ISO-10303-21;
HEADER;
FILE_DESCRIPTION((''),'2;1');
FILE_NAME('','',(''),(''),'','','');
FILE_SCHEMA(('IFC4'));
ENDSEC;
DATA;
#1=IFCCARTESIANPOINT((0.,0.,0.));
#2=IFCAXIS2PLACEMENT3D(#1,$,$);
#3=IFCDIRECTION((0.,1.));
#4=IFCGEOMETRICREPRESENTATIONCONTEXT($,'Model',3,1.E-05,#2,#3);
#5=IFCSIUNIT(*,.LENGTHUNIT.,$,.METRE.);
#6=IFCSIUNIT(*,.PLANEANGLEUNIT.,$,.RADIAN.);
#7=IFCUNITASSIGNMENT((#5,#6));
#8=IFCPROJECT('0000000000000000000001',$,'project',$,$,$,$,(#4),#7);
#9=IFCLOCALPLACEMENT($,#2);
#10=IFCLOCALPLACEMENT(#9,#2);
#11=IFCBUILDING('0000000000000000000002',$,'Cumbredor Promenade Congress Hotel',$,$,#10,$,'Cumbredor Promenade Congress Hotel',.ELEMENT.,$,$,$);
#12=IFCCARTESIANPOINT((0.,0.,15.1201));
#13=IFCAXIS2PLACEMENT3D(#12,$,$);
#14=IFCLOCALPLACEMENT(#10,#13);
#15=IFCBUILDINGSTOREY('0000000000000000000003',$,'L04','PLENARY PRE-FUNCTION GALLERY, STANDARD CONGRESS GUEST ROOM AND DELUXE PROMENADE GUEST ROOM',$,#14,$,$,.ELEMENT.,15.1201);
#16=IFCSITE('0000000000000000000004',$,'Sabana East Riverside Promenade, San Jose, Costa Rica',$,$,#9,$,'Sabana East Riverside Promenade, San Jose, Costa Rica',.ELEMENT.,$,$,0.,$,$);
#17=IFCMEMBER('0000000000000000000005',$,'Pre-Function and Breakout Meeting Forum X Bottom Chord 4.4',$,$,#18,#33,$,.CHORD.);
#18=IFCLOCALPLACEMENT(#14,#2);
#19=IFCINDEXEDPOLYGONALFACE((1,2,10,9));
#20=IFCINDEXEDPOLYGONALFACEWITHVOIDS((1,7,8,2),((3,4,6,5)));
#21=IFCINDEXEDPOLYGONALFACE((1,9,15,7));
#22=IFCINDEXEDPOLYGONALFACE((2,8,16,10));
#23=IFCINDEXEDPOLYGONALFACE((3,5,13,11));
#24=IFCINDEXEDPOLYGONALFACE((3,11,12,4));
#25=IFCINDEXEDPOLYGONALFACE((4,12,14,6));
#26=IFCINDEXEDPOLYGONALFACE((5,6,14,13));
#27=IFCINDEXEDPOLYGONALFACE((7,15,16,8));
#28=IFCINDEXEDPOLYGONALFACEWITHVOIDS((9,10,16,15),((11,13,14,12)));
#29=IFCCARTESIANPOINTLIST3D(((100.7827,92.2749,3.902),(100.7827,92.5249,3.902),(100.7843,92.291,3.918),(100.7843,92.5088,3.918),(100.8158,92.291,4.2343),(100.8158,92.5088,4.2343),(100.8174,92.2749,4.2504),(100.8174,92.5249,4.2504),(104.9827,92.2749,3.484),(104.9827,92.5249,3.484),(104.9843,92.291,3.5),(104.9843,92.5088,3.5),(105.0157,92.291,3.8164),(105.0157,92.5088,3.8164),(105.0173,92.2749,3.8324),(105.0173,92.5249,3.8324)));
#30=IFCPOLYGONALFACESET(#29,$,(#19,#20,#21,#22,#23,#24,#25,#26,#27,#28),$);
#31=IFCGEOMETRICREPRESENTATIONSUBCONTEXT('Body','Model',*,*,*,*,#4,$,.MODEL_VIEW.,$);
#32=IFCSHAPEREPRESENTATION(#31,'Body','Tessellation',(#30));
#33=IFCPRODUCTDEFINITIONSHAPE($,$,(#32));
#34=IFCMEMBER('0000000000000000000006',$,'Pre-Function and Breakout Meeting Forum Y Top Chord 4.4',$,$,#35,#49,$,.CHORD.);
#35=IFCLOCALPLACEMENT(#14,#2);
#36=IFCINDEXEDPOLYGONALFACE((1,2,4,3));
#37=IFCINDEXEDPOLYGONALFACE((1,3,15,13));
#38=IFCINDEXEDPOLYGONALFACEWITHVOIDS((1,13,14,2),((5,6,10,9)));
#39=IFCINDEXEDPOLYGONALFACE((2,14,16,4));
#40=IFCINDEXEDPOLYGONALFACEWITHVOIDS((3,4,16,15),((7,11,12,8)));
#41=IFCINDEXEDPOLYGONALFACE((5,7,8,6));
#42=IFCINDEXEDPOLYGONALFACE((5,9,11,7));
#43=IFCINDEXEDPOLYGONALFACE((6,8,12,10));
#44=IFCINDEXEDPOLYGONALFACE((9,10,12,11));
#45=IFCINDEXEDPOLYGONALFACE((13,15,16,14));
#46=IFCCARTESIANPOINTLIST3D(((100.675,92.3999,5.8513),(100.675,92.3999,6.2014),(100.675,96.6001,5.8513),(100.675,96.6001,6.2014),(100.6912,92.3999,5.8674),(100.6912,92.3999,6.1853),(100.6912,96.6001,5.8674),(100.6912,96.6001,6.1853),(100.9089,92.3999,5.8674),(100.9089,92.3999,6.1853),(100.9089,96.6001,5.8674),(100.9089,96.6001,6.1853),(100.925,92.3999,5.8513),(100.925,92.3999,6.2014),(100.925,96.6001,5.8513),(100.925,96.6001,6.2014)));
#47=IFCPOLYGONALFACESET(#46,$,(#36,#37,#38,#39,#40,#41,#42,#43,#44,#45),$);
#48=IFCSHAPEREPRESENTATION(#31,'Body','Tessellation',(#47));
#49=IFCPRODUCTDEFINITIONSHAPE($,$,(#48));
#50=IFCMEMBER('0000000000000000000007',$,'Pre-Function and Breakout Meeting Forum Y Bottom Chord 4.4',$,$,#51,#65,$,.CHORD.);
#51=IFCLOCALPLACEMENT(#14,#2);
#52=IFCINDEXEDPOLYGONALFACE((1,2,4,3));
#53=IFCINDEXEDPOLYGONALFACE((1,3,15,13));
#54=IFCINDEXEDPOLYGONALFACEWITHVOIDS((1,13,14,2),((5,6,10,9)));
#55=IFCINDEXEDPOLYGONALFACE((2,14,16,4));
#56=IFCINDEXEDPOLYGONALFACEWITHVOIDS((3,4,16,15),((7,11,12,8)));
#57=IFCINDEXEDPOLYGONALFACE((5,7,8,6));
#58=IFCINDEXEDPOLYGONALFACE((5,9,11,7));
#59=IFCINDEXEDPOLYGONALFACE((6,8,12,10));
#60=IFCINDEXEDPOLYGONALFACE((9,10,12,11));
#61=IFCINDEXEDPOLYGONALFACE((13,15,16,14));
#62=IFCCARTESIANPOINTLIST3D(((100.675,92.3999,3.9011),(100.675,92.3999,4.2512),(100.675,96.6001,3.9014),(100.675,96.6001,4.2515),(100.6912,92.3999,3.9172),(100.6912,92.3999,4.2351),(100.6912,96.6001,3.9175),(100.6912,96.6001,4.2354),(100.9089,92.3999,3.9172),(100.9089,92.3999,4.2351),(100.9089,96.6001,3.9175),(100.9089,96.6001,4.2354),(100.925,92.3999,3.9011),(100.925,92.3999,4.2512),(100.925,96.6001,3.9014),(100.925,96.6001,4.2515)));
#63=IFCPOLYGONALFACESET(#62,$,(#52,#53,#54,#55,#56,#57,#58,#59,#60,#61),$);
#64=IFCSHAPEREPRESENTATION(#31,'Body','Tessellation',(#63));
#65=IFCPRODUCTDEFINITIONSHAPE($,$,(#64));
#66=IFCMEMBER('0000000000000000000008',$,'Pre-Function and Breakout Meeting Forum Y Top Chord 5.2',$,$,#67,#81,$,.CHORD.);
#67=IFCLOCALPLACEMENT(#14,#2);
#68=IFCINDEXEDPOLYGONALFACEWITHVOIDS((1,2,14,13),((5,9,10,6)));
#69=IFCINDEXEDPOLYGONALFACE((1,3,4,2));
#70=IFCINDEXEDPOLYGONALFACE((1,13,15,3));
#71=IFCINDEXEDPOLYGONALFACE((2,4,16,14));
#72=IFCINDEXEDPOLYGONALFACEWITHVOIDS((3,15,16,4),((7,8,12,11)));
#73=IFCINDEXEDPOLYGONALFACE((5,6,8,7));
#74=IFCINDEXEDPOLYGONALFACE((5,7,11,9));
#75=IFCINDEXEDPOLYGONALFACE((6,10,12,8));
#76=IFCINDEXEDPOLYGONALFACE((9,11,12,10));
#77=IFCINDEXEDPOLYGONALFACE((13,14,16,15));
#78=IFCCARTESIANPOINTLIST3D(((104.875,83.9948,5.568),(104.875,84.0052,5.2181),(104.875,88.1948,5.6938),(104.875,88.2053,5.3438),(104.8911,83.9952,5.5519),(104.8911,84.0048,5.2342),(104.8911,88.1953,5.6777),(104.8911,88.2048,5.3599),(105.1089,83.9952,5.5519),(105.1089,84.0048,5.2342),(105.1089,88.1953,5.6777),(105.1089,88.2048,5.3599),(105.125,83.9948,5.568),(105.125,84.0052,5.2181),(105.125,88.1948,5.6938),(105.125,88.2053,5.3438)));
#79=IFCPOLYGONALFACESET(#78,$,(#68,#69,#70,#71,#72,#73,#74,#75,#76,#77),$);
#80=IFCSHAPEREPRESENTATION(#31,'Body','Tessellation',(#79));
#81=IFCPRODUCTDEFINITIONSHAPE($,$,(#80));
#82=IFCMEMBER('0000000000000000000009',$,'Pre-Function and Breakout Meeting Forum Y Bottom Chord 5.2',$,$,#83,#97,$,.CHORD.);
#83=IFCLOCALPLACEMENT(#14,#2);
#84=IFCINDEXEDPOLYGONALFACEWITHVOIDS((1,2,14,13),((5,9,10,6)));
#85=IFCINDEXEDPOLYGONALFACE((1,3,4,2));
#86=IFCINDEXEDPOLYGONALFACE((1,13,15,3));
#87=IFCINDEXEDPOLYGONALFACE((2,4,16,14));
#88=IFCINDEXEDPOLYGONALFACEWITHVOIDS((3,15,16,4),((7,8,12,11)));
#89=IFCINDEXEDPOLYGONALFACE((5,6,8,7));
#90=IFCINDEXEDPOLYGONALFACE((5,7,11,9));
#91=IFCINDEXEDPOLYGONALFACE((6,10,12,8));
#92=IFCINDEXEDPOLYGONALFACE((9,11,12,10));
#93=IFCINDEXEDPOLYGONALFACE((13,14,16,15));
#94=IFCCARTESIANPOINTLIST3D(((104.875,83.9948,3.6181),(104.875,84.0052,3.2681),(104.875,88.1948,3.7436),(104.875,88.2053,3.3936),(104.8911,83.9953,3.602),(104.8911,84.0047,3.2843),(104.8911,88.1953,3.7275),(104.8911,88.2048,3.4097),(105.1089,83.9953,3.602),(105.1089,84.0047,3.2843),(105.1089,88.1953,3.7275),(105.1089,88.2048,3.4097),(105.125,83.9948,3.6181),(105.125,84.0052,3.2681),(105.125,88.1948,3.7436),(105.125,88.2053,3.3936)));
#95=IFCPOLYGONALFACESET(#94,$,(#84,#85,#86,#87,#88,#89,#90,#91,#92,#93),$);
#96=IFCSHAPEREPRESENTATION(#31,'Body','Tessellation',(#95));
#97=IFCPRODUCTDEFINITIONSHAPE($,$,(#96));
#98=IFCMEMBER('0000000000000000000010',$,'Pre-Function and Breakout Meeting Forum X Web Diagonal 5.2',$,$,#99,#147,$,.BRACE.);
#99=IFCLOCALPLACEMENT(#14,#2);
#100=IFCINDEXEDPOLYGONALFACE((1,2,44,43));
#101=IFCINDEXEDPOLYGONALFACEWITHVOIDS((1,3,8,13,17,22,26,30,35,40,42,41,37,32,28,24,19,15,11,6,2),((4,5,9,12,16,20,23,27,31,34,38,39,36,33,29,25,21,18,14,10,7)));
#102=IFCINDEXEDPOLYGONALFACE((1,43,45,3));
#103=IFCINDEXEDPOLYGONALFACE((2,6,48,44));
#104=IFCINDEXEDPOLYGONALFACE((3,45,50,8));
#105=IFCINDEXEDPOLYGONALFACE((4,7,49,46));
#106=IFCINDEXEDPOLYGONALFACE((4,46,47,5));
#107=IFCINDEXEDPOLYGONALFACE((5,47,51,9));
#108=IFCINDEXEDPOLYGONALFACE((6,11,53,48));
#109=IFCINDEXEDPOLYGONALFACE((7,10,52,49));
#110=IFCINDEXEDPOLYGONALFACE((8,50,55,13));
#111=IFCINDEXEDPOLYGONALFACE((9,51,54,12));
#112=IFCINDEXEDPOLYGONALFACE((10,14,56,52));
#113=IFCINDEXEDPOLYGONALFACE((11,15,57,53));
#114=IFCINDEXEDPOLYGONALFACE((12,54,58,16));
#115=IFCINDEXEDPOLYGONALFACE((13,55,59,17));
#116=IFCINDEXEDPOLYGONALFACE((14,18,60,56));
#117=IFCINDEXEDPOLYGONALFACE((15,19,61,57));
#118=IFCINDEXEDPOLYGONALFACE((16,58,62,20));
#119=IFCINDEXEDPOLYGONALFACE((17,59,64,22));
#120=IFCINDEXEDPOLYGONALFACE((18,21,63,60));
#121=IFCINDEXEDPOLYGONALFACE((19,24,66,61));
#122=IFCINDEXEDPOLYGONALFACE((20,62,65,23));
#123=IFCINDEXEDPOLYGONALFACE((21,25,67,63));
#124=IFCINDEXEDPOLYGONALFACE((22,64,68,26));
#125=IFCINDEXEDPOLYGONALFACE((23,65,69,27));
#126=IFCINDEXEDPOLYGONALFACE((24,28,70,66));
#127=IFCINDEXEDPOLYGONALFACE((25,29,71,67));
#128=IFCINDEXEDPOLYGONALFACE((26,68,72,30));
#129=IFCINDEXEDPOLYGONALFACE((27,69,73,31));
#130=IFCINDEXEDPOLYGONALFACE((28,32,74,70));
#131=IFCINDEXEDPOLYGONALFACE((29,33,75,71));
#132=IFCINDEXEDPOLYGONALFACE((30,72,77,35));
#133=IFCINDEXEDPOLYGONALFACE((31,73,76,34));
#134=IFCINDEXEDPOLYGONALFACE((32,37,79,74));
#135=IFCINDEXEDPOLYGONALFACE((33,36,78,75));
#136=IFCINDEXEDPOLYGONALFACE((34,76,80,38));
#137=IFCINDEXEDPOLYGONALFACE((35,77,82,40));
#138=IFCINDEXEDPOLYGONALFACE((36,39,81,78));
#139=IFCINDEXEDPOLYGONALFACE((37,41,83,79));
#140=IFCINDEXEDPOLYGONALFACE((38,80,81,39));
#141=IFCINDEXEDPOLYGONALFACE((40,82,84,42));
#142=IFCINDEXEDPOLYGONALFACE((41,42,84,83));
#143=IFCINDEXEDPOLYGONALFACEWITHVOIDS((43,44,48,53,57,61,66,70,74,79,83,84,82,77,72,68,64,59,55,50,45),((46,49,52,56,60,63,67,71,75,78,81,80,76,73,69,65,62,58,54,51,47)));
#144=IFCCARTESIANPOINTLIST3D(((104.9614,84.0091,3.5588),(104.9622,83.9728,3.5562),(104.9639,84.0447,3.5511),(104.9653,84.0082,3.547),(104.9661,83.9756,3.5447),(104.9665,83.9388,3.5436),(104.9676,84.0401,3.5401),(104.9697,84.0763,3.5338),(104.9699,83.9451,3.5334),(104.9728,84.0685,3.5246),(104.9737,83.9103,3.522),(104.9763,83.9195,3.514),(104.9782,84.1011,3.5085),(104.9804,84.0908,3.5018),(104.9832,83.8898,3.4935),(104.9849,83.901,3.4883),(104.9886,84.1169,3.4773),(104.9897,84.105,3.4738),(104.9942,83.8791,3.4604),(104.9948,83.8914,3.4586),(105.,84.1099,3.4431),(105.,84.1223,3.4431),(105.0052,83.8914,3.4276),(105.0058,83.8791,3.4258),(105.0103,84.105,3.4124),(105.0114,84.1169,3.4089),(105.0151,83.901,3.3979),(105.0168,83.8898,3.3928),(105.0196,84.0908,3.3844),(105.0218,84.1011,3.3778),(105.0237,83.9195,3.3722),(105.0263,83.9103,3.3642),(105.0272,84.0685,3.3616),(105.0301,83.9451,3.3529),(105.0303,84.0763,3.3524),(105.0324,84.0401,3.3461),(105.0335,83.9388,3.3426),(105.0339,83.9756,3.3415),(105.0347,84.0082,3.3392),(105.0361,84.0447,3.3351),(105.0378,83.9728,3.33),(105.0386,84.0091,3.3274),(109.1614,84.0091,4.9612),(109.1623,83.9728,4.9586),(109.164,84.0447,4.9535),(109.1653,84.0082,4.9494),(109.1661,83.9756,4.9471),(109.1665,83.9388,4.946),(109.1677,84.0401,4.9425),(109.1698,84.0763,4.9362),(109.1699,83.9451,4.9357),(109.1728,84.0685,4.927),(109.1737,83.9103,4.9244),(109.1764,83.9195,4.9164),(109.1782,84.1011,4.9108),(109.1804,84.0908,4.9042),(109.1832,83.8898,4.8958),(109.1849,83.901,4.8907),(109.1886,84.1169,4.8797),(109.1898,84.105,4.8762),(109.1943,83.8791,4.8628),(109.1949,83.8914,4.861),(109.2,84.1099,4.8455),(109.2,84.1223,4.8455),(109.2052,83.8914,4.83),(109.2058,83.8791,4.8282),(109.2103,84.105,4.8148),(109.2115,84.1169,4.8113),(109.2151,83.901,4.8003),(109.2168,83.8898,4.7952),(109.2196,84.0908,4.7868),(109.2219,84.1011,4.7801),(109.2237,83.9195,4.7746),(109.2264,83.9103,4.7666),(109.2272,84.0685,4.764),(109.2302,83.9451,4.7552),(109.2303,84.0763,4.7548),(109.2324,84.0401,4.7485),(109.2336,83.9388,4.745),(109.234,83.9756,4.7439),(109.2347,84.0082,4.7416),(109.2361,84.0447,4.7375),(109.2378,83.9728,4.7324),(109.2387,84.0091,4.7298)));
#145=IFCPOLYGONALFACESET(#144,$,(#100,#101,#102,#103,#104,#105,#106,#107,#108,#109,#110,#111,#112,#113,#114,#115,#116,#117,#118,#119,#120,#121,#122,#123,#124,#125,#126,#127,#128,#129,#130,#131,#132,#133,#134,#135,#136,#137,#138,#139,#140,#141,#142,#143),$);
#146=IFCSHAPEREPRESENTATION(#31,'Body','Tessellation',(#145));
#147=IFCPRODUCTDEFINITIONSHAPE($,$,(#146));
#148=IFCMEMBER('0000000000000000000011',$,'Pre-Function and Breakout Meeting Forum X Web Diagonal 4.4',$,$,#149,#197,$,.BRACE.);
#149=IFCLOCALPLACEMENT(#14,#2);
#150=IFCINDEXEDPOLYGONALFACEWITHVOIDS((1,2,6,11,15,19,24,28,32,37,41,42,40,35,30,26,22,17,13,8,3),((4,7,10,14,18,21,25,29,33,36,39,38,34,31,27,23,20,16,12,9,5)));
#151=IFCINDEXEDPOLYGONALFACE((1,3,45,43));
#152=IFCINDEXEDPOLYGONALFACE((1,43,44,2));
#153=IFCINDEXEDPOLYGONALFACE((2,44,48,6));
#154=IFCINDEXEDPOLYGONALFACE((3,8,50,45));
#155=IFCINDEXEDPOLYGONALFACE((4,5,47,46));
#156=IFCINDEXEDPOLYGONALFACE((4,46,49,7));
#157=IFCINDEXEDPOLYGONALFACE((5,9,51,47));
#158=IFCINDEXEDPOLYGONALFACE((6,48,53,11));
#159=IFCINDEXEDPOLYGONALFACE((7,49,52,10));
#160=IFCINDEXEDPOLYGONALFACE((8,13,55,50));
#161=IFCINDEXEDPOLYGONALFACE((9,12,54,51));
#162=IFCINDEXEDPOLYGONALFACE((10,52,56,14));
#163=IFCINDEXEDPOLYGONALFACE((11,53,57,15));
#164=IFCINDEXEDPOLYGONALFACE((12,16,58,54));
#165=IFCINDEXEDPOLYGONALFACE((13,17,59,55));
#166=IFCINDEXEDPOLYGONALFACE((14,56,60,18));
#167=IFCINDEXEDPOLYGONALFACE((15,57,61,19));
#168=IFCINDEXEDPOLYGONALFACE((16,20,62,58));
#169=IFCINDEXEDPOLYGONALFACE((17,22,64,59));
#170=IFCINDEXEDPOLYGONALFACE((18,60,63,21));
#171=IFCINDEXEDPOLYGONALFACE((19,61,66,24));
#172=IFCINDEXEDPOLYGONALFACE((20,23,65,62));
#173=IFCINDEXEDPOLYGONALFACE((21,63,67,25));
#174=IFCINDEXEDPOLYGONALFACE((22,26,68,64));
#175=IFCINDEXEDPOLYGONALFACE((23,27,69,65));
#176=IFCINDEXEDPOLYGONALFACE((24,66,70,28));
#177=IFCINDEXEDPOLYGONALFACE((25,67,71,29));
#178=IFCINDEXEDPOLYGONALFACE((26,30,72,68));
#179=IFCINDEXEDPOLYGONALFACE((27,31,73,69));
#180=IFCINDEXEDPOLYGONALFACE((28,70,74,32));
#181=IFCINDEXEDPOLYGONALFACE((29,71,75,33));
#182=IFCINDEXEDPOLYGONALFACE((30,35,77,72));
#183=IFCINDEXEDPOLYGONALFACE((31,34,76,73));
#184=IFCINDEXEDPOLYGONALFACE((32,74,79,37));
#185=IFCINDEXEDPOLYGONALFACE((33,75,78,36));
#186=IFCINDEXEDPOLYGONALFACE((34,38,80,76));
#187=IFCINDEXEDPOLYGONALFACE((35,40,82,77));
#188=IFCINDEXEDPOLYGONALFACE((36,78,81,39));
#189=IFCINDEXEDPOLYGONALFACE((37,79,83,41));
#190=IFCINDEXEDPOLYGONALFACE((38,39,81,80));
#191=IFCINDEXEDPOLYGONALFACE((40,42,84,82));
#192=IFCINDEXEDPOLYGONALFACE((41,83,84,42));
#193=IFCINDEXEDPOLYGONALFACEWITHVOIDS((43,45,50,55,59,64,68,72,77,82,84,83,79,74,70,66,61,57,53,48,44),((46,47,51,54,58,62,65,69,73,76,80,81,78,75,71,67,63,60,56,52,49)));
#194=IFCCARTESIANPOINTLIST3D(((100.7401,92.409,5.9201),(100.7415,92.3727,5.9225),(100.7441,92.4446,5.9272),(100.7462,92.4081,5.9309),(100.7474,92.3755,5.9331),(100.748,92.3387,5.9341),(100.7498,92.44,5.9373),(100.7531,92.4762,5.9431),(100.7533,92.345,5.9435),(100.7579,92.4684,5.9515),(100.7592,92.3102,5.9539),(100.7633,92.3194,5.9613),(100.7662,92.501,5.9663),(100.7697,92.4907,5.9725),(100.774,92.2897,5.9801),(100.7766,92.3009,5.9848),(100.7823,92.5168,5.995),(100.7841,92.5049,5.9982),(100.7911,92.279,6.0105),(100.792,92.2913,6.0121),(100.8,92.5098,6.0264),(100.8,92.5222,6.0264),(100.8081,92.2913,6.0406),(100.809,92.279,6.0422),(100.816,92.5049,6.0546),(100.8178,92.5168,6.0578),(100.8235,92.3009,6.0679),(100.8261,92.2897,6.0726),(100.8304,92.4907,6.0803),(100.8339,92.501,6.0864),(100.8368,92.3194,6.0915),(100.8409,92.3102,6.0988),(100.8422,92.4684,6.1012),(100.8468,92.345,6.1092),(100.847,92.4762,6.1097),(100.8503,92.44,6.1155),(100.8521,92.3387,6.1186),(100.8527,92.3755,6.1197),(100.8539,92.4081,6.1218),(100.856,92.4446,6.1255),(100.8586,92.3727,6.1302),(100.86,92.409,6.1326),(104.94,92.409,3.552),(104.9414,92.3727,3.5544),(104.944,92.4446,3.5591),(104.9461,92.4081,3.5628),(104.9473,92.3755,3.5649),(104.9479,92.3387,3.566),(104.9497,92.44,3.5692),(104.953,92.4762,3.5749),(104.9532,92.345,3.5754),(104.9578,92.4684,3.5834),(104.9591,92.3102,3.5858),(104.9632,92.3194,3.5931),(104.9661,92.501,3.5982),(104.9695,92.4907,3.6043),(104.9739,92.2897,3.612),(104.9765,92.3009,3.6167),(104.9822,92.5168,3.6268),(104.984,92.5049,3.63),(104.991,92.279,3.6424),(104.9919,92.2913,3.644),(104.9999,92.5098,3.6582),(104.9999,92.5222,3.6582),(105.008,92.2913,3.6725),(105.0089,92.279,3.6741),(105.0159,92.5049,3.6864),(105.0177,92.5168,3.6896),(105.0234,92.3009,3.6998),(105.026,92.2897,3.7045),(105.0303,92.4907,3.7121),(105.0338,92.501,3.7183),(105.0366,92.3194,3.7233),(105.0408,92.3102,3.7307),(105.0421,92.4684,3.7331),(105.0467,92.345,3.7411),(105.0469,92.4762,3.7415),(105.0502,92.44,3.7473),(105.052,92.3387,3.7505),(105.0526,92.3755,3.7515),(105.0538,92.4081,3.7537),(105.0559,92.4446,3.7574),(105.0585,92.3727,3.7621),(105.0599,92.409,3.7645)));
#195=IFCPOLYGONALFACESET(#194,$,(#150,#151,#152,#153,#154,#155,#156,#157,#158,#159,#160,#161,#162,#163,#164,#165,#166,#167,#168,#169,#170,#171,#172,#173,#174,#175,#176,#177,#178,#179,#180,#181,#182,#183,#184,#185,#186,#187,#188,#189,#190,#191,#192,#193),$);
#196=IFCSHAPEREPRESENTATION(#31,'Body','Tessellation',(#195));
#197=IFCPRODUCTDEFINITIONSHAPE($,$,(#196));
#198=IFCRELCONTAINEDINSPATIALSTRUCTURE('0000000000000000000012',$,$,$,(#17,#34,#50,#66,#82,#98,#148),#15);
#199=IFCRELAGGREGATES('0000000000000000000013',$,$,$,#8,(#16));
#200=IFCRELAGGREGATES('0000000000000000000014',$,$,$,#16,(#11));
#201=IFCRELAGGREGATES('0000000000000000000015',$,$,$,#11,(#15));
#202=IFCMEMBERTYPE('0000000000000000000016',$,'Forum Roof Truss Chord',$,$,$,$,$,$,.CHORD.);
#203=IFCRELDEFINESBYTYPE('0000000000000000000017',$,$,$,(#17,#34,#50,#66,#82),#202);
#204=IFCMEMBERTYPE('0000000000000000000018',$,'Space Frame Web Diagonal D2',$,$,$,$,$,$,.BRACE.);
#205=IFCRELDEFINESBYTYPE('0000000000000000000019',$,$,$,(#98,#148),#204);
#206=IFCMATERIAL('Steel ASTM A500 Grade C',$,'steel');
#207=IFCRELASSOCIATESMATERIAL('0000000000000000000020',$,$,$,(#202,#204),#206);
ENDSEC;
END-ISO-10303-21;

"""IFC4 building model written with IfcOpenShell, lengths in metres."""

from ifc_helpers import new_model, si_unit, direction, frame, origin, origin_2d, place, context, subcontext, project, spatial, hollow_rectangle, hollow_circle, extrude, material, material_profile, profile_set, type_object, element, save


model = new_model("IFC4")

# Units and contexts
model_context = context("Model", 3, precision=1e-05, world=origin(), true_north=direction((0.0, 1.0)))
body_context = subcontext(model_context, "Body", "Model", "MODEL_VIEW")
ifc_project = project(units=[si_unit("LENGTHUNIT", "METRE"), si_unit("PLANEANGLEUNIT", "RADIAN")], contexts=[model_context])

# Site, building, storey
site_placement = place(None, origin())
site = spatial("IfcSite", under=ifc_project, at=site_placement, Name="Sabana East Riverside Promenade, San Jose, Costa Rica", LongName="Sabana East Riverside Promenade, San Jose, Costa Rica", CompositionType="ELEMENT", RefElevation=0.0)
building_placement = place(site_placement, origin())
building = spatial("IfcBuilding", under=site, at=building_placement, Name="Cumbredor Promenade Congress Hotel", LongName="Cumbredor Promenade Congress Hotel", CompositionType="ELEMENT")
storey_placement = place(building_placement, frame((0.0, 0.0, 15.1201)))
storey = spatial("IfcBuildingStorey", under=building, at=storey_placement, Name="L04", Description="PLENARY PRE-FUNCTION GALLERY, STANDARD CONGRESS GUEST ROOM AND DELUXE PROMENADE GUEST ROOM", CompositionType="ELEMENT", Elevation=15.1201)

# Members
ifc_material_1 = material(Name="Steel ASTM A500 Grade C", Category="steel")
ifc_material_profile_1 = material_profile(ifc_material_1, hollow_rectangle(XDim=0.25, YDim=0.3501, WallThickness=0.0161, at=origin_2d()), Name="HSS 350x250x16")
ifc_profile_set_1 = profile_set([ifc_material_profile_1], Name="Steel ASTM A500 Grade C")
member_type_1 = type_object("IfcMemberType", Name="Forum Roof Truss Chord", PredefinedType="CHORD", material=ifc_profile_set_1)
for number, where, z_axis, x_axis, name in (
    (1, (100.8, 92.3999, 4.0762), (0.995085, 0.0, -0.099028), (0.0, 1.0, 0.0), "Pre-Function and Breakout Meeting Forum X Bottom Chord 4.4"),
):
    element("IfcMember", number, at=place(storey_placement, frame(where, z_axis=z_axis, x_axis=x_axis)), inside=storey, type_object=member_type_1, Name=name, PredefinedType="CHORD", context=body_context, shape_type="SweptSolid", body=[
        extrude(hollow_rectangle(XDim=0.25, YDim=0.3501, WallThickness=0.0161, at=origin_2d()), origin(), (0.0, 0.0, 1.0), 4.2207),
    ])
for number, where, z_axis, x_axis, name in (
    (2, (100.8, 92.3999, 6.0264), (0.0, 1.0, 0.0), (-1.0, 0.0, 0.0), "Pre-Function and Breakout Meeting Forum Y Top Chord 4.4"),
    (3, (100.8, 92.3999, 4.0762), (0.0, 1.0, 0.000058), (-1.0, 0.0, 0.0), "Pre-Function and Breakout Meeting Forum Y Bottom Chord 4.4"),
):
    element("IfcMember", number, at=place(storey_placement, frame(where, z_axis=z_axis, x_axis=x_axis)), inside=storey, type_object=member_type_1, Name=name, PredefinedType="CHORD", context=body_context, shape_type="SweptSolid", body=[
        extrude(hollow_rectangle(XDim=0.25, YDim=0.3501, WallThickness=0.0161, at=origin_2d()), origin(), (0.0, 0.0, 1.0), 4.2002),
    ])
for number, where, z_axis, x_axis, name in (
    (4, (105.0, 84.0, 5.3931), (0.0, 0.999552, 0.029923), (-1.0, 0.0, 0.0), "Pre-Function and Breakout Meeting Forum Y Top Chord 5.2"),
    (5, (105.0, 84.0, 3.4431), (0.0, 0.999554, 0.029865), (-1.0, 0.0, 0.0), "Pre-Function and Breakout Meeting Forum Y Bottom Chord 5.2"),
):
    element("IfcMember", number, at=place(storey_placement, frame(where, z_axis=z_axis, x_axis=x_axis)), inside=storey, type_object=member_type_1, Name=name, PredefinedType="CHORD", context=body_context, shape_type="SweptSolid", body=[
        extrude(hollow_rectangle(XDim=0.25, YDim=0.3501, WallThickness=0.0161, at=origin_2d()), origin(), (0.0, 0.0, 1.0), 4.2019),
    ])
ifc_material_profile_2 = material_profile(ifc_material_1, hollow_circle(Radius=0.1223, WallThickness=0.0125, at=origin_2d()), Name="CHS 244.5x12.5")
ifc_profile_set_2 = profile_set([ifc_material_profile_2], Name="Steel ASTM A500 Grade C")
member_type_2 = type_object("IfcMemberType", Name="Space Frame Web Diagonal D2", PredefinedType="BRACE", material=ifc_profile_set_2)
member_1_placement = place(storey_placement, frame((105.0, 84.0, 3.4431), z_axis=(0.948523, 0.0, 0.316707), x_axis=(0.0, 1.0, 0.0)))
element("IfcMember", 6, at=member_1_placement, inside=storey, type_object=member_type_2, Name="Pre-Function and Breakout Meeting Forum X Web Diagonal 5.2", PredefinedType="BRACE", context=body_context, shape_type="SweptSolid", body=[
    extrude(hollow_circle(Radius=0.1223, WallThickness=0.0125, at=origin_2d()), origin(), (0.0, 0.0, 1.0), 4.428),
])
member_2_placement = place(storey_placement, frame((100.8, 92.3999, 6.0264), z_axis=(0.871071, 0.0, -0.491158), x_axis=(0.0, 1.0, 0.0)))
element("IfcMember", 7, at=member_2_placement, inside=storey, type_object=member_type_2, Name="Pre-Function and Breakout Meeting Forum X Web Diagonal 4.4", PredefinedType="BRACE", context=body_context, shape_type="SweptSolid", body=[
    extrude(hollow_circle(Radius=0.1223, WallThickness=0.0125, at=origin_2d()), origin(), (0.0, 0.0, 1.0), 4.8215),
])

save(model, "model.ifc")
